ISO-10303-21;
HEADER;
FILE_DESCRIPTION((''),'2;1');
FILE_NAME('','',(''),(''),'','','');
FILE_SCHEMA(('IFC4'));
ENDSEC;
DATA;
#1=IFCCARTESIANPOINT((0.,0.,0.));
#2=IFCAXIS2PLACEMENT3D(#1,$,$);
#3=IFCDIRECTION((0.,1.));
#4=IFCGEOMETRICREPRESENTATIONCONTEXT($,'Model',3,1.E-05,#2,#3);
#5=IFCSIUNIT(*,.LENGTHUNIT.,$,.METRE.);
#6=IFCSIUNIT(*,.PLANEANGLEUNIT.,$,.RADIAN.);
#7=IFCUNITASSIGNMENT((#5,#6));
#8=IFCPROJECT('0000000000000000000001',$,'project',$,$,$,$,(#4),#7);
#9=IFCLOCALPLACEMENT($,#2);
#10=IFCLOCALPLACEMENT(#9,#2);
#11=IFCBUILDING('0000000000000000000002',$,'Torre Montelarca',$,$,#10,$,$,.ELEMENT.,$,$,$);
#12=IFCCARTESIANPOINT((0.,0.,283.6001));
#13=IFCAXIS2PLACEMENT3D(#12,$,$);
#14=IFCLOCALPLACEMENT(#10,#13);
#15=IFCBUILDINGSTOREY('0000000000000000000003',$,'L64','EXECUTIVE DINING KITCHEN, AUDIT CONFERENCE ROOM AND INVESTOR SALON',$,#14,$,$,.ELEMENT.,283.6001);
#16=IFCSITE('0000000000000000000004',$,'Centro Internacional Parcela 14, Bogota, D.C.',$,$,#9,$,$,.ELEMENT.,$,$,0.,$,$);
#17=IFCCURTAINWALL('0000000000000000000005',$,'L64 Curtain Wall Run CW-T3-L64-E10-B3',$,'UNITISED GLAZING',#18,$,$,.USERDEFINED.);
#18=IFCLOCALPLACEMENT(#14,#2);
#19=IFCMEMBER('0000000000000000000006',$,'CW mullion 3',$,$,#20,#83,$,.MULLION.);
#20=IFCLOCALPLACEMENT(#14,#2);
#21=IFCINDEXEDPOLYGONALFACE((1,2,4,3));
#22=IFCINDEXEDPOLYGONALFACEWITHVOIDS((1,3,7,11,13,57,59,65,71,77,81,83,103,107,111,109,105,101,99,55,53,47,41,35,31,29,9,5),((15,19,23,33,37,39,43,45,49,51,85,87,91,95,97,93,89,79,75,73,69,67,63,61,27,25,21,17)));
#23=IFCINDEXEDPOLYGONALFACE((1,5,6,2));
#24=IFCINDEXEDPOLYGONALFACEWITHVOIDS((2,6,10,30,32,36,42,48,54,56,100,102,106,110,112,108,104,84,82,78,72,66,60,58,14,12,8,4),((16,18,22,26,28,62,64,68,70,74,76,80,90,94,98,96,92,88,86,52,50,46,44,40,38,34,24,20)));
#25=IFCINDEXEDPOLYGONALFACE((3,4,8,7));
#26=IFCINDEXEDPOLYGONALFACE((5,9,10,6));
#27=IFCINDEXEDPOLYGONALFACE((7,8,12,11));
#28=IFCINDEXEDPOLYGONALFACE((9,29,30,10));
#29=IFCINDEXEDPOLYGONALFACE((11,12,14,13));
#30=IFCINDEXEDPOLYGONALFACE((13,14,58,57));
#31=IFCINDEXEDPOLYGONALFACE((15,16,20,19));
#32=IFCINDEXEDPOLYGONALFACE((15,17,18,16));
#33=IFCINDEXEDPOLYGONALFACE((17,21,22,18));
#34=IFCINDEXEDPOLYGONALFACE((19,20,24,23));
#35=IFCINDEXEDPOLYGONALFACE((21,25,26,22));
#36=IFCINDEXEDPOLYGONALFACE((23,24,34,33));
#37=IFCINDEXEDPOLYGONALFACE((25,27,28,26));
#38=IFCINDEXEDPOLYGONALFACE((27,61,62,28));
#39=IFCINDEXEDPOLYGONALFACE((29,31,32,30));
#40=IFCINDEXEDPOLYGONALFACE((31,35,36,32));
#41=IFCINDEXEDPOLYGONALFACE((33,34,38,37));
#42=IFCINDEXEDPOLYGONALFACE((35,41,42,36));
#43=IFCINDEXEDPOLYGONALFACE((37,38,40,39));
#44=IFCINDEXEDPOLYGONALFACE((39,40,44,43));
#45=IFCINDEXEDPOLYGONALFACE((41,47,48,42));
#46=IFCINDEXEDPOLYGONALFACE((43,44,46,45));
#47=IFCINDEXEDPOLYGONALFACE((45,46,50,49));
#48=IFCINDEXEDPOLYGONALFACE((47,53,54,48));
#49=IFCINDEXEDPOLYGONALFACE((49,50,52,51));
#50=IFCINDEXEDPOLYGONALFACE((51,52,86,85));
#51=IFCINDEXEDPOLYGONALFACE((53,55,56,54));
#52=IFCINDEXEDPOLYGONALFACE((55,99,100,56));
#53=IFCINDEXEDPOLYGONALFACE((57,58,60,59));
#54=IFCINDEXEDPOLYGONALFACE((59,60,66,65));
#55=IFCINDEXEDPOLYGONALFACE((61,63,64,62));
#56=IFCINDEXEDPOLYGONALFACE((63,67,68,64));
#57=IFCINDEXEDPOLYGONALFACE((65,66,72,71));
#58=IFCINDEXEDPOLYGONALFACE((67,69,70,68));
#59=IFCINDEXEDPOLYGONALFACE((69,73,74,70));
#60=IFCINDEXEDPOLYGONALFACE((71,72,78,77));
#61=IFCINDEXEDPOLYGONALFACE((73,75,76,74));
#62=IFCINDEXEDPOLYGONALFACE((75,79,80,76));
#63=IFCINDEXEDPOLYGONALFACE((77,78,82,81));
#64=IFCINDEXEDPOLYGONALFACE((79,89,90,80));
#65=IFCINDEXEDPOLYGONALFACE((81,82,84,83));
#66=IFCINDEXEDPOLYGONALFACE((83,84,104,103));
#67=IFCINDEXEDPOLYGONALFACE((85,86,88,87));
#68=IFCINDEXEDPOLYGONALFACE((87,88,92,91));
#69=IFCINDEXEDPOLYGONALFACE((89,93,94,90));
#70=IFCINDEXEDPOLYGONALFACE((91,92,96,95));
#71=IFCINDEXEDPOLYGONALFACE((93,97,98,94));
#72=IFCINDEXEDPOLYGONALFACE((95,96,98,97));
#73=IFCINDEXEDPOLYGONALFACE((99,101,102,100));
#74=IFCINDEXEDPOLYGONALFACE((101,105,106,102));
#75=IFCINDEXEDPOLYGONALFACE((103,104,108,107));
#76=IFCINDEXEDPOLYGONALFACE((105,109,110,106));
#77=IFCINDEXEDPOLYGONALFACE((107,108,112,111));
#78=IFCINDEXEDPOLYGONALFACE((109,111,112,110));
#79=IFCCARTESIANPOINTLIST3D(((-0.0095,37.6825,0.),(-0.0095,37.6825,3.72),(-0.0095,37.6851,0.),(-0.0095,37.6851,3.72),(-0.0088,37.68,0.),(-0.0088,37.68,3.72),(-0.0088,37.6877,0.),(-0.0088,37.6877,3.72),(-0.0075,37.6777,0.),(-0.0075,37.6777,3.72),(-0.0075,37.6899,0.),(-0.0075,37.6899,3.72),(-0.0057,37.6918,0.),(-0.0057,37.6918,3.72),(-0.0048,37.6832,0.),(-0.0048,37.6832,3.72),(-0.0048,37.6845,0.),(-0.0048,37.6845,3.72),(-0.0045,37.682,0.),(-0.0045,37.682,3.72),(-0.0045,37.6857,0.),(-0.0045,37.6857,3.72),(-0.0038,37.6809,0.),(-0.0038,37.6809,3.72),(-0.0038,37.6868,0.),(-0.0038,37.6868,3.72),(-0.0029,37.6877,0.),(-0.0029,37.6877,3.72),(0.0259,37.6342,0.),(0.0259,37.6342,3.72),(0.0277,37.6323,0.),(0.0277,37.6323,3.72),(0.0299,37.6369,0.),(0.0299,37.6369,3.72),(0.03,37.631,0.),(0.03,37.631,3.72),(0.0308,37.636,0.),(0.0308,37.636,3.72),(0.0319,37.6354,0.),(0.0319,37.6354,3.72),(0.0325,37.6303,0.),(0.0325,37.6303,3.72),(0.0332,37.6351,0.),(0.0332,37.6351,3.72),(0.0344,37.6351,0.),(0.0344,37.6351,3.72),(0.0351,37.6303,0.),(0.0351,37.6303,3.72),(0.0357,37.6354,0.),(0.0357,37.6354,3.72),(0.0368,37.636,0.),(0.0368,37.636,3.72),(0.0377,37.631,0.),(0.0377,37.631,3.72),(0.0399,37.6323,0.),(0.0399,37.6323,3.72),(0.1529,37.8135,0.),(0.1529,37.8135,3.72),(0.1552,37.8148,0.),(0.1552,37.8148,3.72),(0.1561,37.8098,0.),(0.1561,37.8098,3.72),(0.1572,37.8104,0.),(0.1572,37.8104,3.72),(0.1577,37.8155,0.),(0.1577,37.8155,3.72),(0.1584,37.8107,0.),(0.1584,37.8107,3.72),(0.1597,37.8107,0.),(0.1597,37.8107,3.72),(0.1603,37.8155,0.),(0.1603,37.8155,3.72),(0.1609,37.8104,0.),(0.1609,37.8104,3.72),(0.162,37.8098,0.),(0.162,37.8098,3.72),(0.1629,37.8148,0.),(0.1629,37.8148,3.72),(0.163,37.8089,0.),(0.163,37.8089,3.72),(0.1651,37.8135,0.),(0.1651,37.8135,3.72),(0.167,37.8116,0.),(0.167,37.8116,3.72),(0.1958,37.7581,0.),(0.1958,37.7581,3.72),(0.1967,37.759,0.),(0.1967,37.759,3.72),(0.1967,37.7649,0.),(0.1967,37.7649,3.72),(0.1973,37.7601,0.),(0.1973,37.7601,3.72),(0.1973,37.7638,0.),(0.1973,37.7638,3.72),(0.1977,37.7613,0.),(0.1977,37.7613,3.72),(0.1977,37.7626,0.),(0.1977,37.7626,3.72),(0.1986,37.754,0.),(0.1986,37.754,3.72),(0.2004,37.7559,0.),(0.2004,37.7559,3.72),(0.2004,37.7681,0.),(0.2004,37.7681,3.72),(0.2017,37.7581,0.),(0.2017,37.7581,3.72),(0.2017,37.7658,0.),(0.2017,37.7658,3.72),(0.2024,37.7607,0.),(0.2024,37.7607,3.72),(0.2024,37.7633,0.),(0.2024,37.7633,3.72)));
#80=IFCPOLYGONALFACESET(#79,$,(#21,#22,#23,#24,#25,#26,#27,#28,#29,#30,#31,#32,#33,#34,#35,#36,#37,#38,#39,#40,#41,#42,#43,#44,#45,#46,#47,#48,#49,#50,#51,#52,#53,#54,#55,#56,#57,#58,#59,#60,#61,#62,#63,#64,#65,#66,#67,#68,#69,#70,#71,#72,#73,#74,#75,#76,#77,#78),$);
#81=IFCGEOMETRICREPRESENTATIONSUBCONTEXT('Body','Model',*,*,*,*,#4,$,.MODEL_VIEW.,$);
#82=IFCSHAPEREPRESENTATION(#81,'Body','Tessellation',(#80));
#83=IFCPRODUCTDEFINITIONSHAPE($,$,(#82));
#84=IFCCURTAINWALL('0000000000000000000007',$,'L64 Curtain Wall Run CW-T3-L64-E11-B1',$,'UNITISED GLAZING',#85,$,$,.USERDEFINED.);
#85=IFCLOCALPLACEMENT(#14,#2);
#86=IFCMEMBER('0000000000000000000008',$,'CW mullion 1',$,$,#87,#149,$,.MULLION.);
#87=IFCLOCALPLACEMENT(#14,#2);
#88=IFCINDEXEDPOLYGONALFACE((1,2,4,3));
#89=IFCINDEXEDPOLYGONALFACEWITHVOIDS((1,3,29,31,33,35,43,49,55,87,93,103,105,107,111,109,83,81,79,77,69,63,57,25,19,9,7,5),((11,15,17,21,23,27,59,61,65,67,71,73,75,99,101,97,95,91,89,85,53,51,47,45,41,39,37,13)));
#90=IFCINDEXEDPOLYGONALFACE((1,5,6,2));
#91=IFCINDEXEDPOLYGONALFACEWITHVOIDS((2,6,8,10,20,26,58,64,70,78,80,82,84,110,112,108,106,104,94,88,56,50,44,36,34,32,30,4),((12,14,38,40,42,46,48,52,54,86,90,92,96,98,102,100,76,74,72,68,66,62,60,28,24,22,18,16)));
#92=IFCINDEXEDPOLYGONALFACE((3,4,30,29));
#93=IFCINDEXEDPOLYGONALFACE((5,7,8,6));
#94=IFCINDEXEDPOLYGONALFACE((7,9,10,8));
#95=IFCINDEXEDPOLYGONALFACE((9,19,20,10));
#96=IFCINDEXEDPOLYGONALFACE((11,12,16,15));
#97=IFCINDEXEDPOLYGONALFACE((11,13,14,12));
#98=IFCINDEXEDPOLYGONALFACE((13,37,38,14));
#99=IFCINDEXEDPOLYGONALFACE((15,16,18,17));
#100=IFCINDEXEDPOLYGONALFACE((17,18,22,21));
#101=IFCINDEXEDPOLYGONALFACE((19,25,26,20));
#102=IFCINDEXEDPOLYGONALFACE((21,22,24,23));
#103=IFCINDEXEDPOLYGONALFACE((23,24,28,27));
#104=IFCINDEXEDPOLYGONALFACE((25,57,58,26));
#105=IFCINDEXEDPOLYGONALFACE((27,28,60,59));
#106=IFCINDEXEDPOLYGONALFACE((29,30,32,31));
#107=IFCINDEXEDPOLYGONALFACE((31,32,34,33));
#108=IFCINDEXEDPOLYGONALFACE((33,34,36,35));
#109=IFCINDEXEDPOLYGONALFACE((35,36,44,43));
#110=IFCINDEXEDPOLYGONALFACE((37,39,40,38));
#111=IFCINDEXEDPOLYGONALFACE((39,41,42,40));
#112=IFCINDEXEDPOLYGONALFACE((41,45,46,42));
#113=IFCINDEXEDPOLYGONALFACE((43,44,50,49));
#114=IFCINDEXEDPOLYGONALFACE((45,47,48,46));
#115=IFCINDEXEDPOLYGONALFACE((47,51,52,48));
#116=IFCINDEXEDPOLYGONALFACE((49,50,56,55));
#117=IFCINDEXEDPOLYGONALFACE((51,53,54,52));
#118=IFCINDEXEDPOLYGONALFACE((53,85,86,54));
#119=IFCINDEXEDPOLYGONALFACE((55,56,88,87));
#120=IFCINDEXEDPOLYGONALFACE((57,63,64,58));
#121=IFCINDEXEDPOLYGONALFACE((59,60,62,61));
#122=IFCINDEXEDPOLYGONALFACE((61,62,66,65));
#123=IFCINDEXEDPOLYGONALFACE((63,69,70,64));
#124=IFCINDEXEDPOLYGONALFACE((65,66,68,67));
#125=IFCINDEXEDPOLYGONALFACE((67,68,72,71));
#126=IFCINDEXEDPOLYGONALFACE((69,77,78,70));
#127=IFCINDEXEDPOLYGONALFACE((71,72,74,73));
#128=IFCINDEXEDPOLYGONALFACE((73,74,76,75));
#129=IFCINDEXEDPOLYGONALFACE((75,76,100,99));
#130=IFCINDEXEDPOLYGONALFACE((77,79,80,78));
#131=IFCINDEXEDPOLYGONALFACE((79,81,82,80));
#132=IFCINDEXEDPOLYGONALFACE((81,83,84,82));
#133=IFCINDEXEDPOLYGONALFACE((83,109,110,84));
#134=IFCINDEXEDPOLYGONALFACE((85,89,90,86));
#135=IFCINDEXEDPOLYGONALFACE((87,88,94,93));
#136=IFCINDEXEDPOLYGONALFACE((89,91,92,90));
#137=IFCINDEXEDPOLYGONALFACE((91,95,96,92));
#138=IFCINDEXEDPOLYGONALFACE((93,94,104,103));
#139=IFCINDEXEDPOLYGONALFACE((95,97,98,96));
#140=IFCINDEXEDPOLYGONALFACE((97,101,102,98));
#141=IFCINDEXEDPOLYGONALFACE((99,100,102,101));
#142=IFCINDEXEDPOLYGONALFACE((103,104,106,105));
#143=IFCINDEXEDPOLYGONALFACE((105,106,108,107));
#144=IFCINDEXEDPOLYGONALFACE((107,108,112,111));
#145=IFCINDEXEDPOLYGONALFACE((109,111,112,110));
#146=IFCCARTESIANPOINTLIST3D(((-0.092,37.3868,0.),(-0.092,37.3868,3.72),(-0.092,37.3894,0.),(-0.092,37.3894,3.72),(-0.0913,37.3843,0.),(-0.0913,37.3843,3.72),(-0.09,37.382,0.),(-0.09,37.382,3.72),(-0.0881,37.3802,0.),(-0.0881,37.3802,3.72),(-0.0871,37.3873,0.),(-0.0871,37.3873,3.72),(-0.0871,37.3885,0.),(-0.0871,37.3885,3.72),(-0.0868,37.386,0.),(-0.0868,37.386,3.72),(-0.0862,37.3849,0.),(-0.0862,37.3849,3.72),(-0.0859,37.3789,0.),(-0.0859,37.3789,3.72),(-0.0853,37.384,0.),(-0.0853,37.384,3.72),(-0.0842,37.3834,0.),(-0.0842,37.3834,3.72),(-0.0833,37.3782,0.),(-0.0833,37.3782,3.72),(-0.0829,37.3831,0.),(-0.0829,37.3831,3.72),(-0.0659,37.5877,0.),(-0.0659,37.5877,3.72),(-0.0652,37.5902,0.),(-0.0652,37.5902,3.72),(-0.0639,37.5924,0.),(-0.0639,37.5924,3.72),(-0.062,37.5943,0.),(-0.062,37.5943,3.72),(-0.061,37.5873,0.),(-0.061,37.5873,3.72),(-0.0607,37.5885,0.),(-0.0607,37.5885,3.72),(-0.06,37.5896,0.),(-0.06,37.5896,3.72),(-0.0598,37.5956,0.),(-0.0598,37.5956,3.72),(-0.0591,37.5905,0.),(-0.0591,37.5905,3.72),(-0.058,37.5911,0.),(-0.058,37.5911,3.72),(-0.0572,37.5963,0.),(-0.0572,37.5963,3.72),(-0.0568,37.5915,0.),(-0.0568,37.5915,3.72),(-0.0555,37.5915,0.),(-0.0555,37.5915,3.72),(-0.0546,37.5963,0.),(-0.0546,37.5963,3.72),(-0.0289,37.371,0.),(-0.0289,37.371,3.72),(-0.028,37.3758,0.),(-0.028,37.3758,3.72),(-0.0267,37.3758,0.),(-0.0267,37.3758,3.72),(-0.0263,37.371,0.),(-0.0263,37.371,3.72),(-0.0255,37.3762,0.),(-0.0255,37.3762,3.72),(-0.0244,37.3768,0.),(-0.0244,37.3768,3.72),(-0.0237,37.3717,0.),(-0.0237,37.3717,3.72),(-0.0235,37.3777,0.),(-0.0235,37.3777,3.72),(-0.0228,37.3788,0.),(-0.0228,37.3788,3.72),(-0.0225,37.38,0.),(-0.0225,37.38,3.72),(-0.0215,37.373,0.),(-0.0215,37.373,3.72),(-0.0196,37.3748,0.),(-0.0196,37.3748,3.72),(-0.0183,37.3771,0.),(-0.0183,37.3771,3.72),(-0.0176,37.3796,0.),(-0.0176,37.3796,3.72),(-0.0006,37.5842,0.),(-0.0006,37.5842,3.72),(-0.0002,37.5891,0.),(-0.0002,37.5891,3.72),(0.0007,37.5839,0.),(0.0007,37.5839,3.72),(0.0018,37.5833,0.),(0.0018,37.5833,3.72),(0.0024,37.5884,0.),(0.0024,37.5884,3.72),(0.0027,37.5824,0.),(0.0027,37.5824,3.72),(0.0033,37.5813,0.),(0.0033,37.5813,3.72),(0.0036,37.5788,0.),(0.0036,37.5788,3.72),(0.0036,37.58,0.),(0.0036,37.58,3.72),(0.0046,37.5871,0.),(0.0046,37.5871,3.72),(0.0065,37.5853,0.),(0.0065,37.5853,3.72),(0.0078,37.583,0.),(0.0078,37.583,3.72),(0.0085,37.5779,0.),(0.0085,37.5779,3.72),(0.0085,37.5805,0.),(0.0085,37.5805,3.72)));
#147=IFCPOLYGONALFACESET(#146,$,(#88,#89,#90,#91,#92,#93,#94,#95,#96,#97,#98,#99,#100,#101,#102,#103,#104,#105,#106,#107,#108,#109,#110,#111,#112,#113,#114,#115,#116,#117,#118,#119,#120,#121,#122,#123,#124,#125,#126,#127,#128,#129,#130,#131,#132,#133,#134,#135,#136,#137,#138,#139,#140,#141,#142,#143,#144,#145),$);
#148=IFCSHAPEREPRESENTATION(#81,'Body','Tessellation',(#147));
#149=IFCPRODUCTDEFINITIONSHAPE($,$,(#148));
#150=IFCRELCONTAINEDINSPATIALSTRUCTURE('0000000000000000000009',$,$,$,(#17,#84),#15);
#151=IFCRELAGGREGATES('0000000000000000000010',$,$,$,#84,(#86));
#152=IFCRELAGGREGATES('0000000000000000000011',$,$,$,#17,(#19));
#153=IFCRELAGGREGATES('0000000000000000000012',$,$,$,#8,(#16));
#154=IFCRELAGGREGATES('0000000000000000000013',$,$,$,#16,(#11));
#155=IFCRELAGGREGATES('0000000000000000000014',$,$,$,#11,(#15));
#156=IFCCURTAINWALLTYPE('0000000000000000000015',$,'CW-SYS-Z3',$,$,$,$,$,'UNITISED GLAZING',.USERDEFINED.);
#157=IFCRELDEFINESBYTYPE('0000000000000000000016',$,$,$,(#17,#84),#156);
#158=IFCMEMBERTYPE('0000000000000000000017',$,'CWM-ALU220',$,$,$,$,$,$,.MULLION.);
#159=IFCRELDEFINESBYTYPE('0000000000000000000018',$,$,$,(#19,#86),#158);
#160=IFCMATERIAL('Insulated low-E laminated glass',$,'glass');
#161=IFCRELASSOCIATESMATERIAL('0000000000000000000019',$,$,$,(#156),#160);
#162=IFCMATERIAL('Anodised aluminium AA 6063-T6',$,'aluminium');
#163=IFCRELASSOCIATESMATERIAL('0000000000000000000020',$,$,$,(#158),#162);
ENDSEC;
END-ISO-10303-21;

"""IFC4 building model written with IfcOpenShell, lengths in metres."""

from ifc_helpers import new_model, si_unit, direction, frame, origin, origin_2d, place, context, subcontext, project, spatial, hollow_rectangle, extrude, source, transform, mapped, material, material_profile, profile_set, type_object, element, aggregate, save


model = new_model("IFC4")

# Units and contexts
model_context = context("Model", 3, precision=1e-05, world=origin(), true_north=direction((0.0, 1.0)))
body_context = subcontext(model_context, "Body", "Model", "MODEL_VIEW")
ifc_project = project(units=[si_unit("LENGTHUNIT", "METRE"), si_unit("PLANEANGLEUNIT", "RADIAN")], contexts=[model_context])

# Site, building, storey
site_placement = place(None, origin())
site = spatial("IfcSite", under=ifc_project, at=site_placement, Name="Centro Internacional Parcela 14, Bogota, D.C.", CompositionType="ELEMENT", RefElevation=0.0)
building_placement = place(site_placement, origin())
building = spatial("IfcBuilding", under=site, at=building_placement, Name="Torre Montelarca", CompositionType="ELEMENT")
storey_placement = place(building_placement, frame((0.0, 0.0, 283.6001)))
storey = spatial("IfcBuildingStorey", under=building, at=storey_placement, Name="L64", Description="EXECUTIVE DINING KITCHEN, AUDIT CONFERENCE ROOM AND INVESTOR SALON", CompositionType="ELEMENT", Elevation=283.6001)

# Curtain wall, member
ifc_material_1 = material(Name="Insulated low-E laminated glass", Category="glass")
curtain_wall_type = type_object("IfcCurtainWallType", Name="CW-SYS-Z3", ElementType="UNITISED GLAZING", PredefinedType="USERDEFINED", material=ifc_material_1)
ifc_material_2 = material(Name="Anodised aluminium AA 6063-T6", Category="aluminium")
ifc_material_profile_1 = material_profile(ifc_material_2, hollow_rectangle(XDim=0.075, YDim=0.22, WallThickness=0.0049, InnerFilletRadius=0.0049, OuterFilletRadius=0.01, at=origin_2d()), Name="ALU75X220X5", Category="aluminium")
ifc_profile_set_1 = profile_set([ifc_material_profile_1], Name="Anodised aluminium AA 6063-T6")
member_type_1 = type_object("IfcMemberType", Name="CWM-ALU220", PredefinedType="MULLION", material=ifc_profile_set_1)
shared_shape_1 = source(origin(), body_context, "Body", "SweptSolid", [
    extrude(hollow_rectangle(XDim=0.075, YDim=0.22, WallThickness=0.0049, InnerFilletRadius=0.0049, OuterFilletRadius=0.01, at=origin_2d()), origin(), (0.0, 0.0, 1.0), 3.72),
])
curtain_wall_1_placement = place(storey_placement, origin())
curtain_wall_1 = element("IfcCurtainWall", 1, at=curtain_wall_1_placement, inside=storey, type_object=curtain_wall_type, Name="L64 Curtain Wall Run CW-T3-L64-E10-B3", ObjectType="UNITISED GLAZING", PredefinedType="USERDEFINED")
member_1_placement = place(storey_placement, frame((0.0964, 37.7229, 0.0), z_axis=(0.0, 0.0, 1.0), x_axis=(0.608757, -0.793356, 0.0)))
member_1 = element("IfcMember", 2, at=member_1_placement, type_object=member_type_1, Name="CW mullion 3", PredefinedType="MULLION", context=body_context, shape_type="MappedRepresentation", body=[
    mapped(shared_shape_1, transform((0.0, 0.0, 0.0), scale=1.0)),
])

# Curtain wall, member
curtain_wall_2_placement = place(storey_placement, origin())
curtain_wall_2 = element("IfcCurtainWall", 3, at=curtain_wall_2_placement, inside=storey, type_object=curtain_wall_type, Name="L64 Curtain Wall Run CW-T3-L64-E11-B1", ObjectType="UNITISED GLAZING", PredefinedType="USERDEFINED")
member_2_placement = place(storey_placement, frame((-0.0417, 37.4836, 0.0), z_axis=(0.0, 0.0, 1.0), x_axis=(0.991446, -0.130514, 0.0)))
member_2 = element("IfcMember", 4, at=member_2_placement, type_object=member_type_1, Name="CW mullion 1", PredefinedType="MULLION", context=body_context, shape_type="MappedRepresentation", body=[
    mapped(shared_shape_1, transform((0.0, 0.0, 0.0), scale=1.0)),
])
aggregate(curtain_wall_2, [member_2])

aggregate(curtain_wall_1, [member_1])

save(model, "model.ifc")
